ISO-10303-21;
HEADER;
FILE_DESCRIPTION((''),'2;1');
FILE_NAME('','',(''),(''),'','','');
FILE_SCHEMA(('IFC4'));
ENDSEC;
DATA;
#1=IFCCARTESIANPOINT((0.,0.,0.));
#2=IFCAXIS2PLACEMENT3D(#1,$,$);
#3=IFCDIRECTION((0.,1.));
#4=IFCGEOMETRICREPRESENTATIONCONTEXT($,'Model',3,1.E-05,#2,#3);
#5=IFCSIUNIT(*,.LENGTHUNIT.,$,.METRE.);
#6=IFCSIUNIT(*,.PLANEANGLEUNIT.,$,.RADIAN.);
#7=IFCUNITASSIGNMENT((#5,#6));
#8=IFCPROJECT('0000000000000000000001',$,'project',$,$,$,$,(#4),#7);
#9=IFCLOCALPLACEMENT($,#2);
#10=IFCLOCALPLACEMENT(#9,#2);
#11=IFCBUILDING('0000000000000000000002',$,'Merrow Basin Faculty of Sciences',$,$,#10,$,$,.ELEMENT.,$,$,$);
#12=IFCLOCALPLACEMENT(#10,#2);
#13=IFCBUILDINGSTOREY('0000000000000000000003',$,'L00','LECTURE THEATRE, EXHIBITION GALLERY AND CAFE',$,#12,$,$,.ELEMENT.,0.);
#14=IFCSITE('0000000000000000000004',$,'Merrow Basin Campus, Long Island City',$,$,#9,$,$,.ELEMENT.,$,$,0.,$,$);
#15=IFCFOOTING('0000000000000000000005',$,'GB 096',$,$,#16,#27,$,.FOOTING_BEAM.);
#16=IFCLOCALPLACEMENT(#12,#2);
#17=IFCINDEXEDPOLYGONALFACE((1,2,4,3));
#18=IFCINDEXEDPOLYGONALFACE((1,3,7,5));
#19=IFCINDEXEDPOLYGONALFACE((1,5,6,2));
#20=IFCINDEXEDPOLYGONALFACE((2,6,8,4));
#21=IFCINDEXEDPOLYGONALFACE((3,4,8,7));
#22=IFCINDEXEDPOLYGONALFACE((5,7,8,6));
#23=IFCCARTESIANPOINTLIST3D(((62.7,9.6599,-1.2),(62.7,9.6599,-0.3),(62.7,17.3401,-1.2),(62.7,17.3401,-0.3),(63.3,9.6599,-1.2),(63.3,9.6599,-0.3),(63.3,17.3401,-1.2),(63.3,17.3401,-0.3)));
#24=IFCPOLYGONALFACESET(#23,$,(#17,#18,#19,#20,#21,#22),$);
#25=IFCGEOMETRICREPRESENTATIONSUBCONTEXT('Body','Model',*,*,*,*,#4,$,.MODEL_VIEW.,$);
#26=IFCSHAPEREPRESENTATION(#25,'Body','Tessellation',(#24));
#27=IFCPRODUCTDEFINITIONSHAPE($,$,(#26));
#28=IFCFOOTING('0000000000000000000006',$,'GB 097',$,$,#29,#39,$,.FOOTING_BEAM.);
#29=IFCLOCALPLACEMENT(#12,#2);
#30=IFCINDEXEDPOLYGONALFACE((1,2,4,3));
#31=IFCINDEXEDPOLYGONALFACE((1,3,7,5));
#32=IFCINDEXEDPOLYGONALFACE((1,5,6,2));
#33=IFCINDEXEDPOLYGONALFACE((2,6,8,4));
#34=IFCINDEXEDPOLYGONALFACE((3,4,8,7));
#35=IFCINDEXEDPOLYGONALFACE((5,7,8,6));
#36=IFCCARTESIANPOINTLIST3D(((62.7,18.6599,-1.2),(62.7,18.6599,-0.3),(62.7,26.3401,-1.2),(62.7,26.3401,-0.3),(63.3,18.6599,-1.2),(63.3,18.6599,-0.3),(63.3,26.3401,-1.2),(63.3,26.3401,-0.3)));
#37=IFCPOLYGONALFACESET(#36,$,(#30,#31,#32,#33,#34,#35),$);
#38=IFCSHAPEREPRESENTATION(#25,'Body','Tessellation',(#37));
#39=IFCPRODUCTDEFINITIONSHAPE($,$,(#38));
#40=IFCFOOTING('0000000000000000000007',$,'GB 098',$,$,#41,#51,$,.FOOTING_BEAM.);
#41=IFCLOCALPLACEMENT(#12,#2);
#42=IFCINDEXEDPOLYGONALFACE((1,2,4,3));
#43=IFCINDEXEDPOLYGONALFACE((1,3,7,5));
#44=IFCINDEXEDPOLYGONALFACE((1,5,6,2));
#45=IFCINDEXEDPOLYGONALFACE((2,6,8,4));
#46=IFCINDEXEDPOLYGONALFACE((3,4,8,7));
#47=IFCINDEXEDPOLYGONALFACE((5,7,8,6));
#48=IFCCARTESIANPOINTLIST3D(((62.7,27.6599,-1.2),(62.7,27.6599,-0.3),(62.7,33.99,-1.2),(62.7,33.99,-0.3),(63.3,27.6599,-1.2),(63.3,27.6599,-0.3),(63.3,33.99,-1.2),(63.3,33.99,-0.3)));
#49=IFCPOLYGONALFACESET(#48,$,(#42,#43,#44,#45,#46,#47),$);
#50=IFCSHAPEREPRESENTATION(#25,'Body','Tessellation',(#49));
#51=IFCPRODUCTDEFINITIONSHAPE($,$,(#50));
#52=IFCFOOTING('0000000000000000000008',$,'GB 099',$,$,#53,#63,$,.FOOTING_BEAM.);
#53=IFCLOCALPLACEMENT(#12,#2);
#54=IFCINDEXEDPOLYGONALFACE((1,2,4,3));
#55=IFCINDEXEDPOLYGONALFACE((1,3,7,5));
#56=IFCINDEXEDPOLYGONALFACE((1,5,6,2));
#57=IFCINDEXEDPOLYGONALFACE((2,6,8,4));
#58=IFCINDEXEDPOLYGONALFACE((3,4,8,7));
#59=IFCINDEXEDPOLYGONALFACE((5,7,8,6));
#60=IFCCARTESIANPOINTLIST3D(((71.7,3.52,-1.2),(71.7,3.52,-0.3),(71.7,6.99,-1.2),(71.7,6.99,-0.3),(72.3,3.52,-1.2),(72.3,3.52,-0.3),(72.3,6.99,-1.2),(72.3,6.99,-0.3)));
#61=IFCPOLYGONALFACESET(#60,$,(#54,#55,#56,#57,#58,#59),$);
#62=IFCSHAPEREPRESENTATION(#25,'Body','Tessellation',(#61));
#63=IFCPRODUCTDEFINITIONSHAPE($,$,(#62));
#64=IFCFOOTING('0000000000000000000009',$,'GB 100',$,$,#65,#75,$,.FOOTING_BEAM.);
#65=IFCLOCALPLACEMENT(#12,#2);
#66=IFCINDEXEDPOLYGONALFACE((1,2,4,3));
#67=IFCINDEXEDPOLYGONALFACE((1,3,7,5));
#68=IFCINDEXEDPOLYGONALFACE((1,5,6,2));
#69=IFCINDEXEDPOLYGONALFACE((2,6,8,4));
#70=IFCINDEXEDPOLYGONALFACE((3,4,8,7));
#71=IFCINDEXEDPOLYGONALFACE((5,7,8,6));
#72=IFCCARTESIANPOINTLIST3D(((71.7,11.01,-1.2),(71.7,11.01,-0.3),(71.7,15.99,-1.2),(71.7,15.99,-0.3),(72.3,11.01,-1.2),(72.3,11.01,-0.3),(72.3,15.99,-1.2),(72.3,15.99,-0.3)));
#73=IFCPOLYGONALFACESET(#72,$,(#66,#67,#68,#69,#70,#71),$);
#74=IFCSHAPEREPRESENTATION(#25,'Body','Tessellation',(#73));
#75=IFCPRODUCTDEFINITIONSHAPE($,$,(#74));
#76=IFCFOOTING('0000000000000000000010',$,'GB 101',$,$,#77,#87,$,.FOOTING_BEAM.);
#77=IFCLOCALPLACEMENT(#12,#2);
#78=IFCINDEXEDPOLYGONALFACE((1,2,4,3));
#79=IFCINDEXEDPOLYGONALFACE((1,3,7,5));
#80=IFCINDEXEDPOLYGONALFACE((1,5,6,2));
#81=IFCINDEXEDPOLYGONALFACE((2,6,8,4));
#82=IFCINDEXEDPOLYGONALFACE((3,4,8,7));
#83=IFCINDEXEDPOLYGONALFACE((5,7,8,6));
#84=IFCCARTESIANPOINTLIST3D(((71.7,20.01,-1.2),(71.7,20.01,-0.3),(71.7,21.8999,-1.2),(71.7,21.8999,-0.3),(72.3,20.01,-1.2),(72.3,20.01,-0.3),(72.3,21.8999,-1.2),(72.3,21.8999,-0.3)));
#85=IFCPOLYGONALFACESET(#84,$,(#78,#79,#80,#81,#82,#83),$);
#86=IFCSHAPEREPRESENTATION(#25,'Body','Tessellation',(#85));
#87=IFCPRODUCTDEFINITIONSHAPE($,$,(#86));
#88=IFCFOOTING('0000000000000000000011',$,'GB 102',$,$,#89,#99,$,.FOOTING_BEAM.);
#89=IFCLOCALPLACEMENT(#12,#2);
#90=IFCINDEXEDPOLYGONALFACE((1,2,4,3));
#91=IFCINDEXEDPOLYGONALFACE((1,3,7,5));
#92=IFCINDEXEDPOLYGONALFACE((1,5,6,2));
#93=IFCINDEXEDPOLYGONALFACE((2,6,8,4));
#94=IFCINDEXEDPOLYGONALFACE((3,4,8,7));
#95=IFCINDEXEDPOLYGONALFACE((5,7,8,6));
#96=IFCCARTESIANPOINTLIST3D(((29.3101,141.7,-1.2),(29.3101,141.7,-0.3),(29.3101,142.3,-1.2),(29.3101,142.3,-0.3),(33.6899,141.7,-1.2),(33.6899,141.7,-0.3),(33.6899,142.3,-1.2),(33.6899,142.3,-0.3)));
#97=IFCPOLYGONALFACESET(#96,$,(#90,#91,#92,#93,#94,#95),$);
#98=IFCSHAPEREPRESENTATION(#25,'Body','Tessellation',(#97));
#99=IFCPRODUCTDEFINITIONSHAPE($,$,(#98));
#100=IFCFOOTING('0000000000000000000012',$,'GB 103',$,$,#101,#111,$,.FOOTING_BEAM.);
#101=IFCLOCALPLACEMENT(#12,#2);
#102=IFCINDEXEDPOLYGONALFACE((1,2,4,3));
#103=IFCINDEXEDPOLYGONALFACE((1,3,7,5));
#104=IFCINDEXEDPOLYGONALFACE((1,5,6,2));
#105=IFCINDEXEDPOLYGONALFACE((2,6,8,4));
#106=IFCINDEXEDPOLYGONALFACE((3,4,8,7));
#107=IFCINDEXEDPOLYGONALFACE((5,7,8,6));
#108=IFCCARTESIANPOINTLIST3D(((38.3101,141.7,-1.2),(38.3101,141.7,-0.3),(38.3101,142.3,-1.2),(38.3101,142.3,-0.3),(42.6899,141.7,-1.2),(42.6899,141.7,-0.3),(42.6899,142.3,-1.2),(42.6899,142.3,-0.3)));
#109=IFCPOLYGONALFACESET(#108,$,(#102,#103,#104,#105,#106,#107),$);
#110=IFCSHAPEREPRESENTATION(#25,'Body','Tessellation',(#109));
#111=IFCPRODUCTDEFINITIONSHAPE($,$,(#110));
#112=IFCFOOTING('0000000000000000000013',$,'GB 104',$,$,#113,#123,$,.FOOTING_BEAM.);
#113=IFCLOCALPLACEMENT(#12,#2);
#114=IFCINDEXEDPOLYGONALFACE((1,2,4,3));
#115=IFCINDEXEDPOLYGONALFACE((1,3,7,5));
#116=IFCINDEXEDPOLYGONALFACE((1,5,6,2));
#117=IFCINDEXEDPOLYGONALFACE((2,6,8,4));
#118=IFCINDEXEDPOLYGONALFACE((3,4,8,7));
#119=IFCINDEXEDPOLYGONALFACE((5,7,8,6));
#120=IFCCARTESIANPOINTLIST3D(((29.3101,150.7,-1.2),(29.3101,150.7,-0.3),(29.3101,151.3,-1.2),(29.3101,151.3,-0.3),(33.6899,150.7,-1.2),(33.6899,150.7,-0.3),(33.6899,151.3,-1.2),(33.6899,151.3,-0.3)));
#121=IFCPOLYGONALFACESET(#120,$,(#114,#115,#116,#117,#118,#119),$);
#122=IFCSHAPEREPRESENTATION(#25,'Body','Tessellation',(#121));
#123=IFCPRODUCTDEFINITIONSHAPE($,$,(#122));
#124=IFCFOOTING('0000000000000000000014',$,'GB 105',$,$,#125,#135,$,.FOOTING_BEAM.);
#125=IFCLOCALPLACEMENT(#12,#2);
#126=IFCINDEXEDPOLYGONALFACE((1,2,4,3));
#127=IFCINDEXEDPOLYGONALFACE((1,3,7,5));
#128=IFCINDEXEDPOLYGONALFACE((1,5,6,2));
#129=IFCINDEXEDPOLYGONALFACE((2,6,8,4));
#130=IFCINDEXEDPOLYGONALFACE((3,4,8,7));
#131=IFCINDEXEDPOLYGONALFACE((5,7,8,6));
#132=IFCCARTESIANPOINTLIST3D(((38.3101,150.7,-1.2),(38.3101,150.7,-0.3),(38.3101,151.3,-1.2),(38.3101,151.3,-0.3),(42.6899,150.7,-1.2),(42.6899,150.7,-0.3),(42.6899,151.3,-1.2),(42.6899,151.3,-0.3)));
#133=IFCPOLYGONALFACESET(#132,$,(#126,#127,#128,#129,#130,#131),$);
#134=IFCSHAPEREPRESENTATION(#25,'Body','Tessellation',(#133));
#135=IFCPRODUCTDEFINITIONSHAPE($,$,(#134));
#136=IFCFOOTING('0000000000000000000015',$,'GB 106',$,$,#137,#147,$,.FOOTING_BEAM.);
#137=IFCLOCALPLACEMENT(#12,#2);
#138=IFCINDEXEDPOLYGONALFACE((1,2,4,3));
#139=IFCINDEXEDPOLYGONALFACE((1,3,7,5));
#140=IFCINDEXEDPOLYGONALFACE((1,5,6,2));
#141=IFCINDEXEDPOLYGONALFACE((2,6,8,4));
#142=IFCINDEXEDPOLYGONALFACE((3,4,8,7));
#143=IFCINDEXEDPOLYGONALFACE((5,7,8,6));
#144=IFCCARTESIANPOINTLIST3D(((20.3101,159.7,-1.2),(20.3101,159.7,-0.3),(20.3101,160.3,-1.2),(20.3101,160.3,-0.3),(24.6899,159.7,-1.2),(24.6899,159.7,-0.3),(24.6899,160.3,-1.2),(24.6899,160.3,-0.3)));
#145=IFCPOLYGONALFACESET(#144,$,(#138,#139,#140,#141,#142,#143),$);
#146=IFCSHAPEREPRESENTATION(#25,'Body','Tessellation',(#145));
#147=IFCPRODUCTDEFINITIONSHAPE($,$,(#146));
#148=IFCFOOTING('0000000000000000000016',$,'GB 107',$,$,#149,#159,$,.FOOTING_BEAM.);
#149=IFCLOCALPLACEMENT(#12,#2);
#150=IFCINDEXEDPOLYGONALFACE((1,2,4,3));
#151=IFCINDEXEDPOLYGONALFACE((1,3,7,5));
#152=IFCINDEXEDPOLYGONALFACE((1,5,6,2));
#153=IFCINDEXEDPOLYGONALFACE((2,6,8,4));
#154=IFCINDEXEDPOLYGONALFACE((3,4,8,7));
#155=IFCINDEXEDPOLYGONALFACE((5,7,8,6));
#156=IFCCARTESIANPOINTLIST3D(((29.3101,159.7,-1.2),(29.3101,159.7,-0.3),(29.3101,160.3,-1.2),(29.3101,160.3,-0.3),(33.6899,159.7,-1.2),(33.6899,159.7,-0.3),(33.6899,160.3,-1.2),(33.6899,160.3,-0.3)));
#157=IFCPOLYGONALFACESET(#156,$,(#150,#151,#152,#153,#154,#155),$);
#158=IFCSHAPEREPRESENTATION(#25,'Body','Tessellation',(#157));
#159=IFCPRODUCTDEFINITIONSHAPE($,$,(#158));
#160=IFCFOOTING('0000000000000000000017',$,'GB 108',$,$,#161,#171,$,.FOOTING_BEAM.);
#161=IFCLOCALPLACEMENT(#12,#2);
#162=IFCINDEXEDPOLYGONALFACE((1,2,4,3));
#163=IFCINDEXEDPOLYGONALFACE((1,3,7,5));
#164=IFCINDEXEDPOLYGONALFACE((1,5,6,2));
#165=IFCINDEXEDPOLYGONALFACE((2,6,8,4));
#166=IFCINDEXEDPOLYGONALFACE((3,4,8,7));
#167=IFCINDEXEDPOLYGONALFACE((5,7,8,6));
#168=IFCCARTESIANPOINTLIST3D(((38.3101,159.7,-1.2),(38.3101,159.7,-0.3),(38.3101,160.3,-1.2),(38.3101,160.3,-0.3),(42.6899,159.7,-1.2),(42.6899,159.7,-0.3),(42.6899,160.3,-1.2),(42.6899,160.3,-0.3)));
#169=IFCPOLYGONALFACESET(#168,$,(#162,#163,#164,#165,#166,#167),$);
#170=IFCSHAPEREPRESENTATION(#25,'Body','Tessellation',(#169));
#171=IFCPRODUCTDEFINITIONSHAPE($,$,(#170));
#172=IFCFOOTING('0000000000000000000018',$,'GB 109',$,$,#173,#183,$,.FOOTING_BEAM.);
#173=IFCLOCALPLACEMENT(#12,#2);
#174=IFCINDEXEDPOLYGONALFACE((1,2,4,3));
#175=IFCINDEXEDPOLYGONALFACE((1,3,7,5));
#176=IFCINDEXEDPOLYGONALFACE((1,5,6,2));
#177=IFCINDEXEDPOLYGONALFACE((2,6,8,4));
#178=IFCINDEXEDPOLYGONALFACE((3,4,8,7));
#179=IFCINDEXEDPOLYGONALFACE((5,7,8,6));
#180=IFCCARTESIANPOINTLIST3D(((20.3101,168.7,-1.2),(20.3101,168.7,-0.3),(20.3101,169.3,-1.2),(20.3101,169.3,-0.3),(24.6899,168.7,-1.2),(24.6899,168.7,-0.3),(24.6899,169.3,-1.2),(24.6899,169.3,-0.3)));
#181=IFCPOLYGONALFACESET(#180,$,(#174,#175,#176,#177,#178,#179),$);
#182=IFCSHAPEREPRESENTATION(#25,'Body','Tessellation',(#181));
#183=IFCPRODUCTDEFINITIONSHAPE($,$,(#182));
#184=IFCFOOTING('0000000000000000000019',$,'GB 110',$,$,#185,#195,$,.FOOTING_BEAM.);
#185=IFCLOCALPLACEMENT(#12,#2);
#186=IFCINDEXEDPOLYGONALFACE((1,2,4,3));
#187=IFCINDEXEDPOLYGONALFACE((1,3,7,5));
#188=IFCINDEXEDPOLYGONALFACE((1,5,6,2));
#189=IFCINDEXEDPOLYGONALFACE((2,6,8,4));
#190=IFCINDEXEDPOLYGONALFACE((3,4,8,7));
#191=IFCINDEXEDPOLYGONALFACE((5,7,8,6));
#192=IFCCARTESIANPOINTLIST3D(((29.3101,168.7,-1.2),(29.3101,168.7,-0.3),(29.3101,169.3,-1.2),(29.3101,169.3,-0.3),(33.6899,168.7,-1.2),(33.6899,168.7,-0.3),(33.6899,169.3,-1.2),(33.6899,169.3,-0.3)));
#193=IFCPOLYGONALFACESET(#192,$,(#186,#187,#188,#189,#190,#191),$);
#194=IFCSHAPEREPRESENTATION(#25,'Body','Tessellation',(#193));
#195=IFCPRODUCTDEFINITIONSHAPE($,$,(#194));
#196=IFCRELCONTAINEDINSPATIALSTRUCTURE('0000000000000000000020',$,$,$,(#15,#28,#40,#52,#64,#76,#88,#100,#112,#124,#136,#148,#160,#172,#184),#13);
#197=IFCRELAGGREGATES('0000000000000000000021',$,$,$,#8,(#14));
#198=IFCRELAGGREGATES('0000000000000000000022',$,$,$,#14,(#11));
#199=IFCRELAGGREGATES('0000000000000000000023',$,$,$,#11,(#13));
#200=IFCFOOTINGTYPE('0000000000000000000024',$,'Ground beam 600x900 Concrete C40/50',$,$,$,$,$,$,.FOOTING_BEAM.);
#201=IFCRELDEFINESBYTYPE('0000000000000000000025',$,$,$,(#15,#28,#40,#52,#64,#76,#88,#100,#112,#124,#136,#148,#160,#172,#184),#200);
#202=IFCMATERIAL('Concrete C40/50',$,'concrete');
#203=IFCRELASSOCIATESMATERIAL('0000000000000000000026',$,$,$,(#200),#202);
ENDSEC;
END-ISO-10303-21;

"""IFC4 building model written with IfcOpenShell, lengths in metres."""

from ifc_helpers import new_model, si_unit, direction, frame, origin, place, context, subcontext, project, spatial, polyline, outline, extrude, material, type_object, element, save


model = new_model("IFC4")

# Units and contexts
model_context = context("Model", 3, precision=1e-05, world=origin(), true_north=direction((0.0, 1.0)))
body_context = subcontext(model_context, "Body", "Model", "MODEL_VIEW")
ifc_project = project(units=[si_unit("LENGTHUNIT", "METRE"), si_unit("PLANEANGLEUNIT", "RADIAN")], contexts=[model_context])

# Site, building, storey
site_placement = place(None, origin())
site = spatial("IfcSite", under=ifc_project, at=site_placement, Name="Merrow Basin Campus, Long Island City", CompositionType="ELEMENT", RefElevation=0.0)
building_placement = place(site_placement, origin())
building = spatial("IfcBuilding", under=site, at=building_placement, Name="Merrow Basin Faculty of Sciences", CompositionType="ELEMENT")
storey_placement = place(building_placement, origin())
storey = spatial("IfcBuildingStorey", under=building, at=storey_placement, Name="L00", Description="LECTURE THEATRE, EXHIBITION GALLERY AND CAFE", CompositionType="ELEMENT", Elevation=0.0)

# Footings
ifc_material = material(Name="Concrete C40/50", Category="concrete")
footing_type = type_object("IfcFootingType", Name="Ground beam 600x900 Concrete C40/50", PredefinedType="FOOTING_BEAM", material=ifc_material)
footing_1_placement = place(storey_placement, frame((0.0, 0.0, -1.2)))
element("IfcFooting", 1, at=footing_1_placement, inside=storey, type_object=footing_type, Name="GB 096", PredefinedType="FOOTING_BEAM", context=body_context, shape_type="SweptSolid", body=[
    extrude(outline(polyline([(62.7, 9.6599), (63.3, 9.6599), (63.3, 17.3401), (62.7, 17.3401), (62.7, 9.6599)])), origin(), (0.0, 0.0, 1.0), 0.8999),
])
footing_2_placement = place(storey_placement, frame((0.0, 0.0, -1.2)))
element("IfcFooting", 2, at=footing_2_placement, inside=storey, type_object=footing_type, Name="GB 097", PredefinedType="FOOTING_BEAM", context=body_context, shape_type="SweptSolid", body=[
    extrude(outline(polyline([(62.7, 18.6599), (63.3, 18.6599), (63.3, 26.3401), (62.7, 26.3401), (62.7, 18.6599)])), origin(), (0.0, 0.0, 1.0), 0.8999),
])
footing_3_placement = place(storey_placement, frame((0.0, 0.0, -1.2)))
element("IfcFooting", 3, at=footing_3_placement, inside=storey, type_object=footing_type, Name="GB 098", PredefinedType="FOOTING_BEAM", context=body_context, shape_type="SweptSolid", body=[
    extrude(outline(polyline([(62.7, 27.6599), (63.3, 27.6599), (63.3, 33.99), (62.7, 33.99), (62.7, 27.6599)])), origin(), (0.0, 0.0, 1.0), 0.8999),
])
footing_4_placement = place(storey_placement, frame((0.0, 0.0, -1.2)))
element("IfcFooting", 4, at=footing_4_placement, inside=storey, type_object=footing_type, Name="GB 099", PredefinedType="FOOTING_BEAM", context=body_context, shape_type="SweptSolid", body=[
    extrude(outline(polyline([(71.7, 3.52), (72.3, 3.52), (72.3, 6.99), (71.7, 6.99), (71.7, 3.52)])), origin(), (0.0, 0.0, 1.0), 0.8999),
])
footing_5_placement = place(storey_placement, frame((0.0, 0.0, -1.2)))
element("IfcFooting", 5, at=footing_5_placement, inside=storey, type_object=footing_type, Name="GB 100", PredefinedType="FOOTING_BEAM", context=body_context, shape_type="SweptSolid", body=[
    extrude(outline(polyline([(71.7, 11.01), (72.3, 11.01), (72.3, 15.99), (71.7, 15.99), (71.7, 11.01)])), origin(), (0.0, 0.0, 1.0), 0.8999),
])
footing_6_placement = place(storey_placement, frame((0.0, 0.0, -1.2)))
element("IfcFooting", 6, at=footing_6_placement, inside=storey, type_object=footing_type, Name="GB 101", PredefinedType="FOOTING_BEAM", context=body_context, shape_type="SweptSolid", body=[
    extrude(outline(polyline([(71.7, 20.01), (72.3, 20.01), (72.3, 21.8999), (71.7, 21.8999), (71.7, 20.01)])), origin(), (0.0, 0.0, 1.0), 0.8999),
])
footing_7_placement = place(storey_placement, frame((0.0, 0.0, -1.2)))
element("IfcFooting", 7, at=footing_7_placement, inside=storey, type_object=footing_type, Name="GB 102", PredefinedType="FOOTING_BEAM", context=body_context, shape_type="SweptSolid", body=[
    extrude(outline(polyline([(29.3101, 141.7), (33.6899, 141.7), (33.6899, 142.3), (29.3101, 142.3), (29.3101, 141.7)])), origin(), (0.0, 0.0, 1.0), 0.8999),
])
footing_8_placement = place(storey_placement, frame((0.0, 0.0, -1.2)))
element("IfcFooting", 8, at=footing_8_placement, inside=storey, type_object=footing_type, Name="GB 103", PredefinedType="FOOTING_BEAM", context=body_context, shape_type="SweptSolid", body=[
    extrude(outline(polyline([(38.3101, 141.7), (42.6899, 141.7), (42.6899, 142.3), (38.3101, 142.3), (38.3101, 141.7)])), origin(), (0.0, 0.0, 1.0), 0.8999),
])
footing_9_placement = place(storey_placement, frame((0.0, 0.0, -1.2)))
element("IfcFooting", 9, at=footing_9_placement, inside=storey, type_object=footing_type, Name="GB 104", PredefinedType="FOOTING_BEAM", context=body_context, shape_type="SweptSolid", body=[
    extrude(outline(polyline([(29.3101, 150.7), (33.6899, 150.7), (33.6899, 151.3), (29.3101, 151.3), (29.3101, 150.7)])), origin(), (0.0, 0.0, 1.0), 0.8999),
])
footing_10_placement = place(storey_placement, frame((0.0, 0.0, -1.2)))
element("IfcFooting", 10, at=footing_10_placement, inside=storey, type_object=footing_type, Name="GB 105", PredefinedType="FOOTING_BEAM", context=body_context, shape_type="SweptSolid", body=[
    extrude(outline(polyline([(38.3101, 150.7), (42.6899, 150.7), (42.6899, 151.3), (38.3101, 151.3), (38.3101, 150.7)])), origin(), (0.0, 0.0, 1.0), 0.8999),
])
footing_11_placement = place(storey_placement, frame((0.0, 0.0, -1.2)))
element("IfcFooting", 11, at=footing_11_placement, inside=storey, type_object=footing_type, Name="GB 106", PredefinedType="FOOTING_BEAM", context=body_context, shape_type="SweptSolid", body=[
    extrude(outline(polyline([(20.3101, 159.7), (24.6899, 159.7), (24.6899, 160.3), (20.3101, 160.3), (20.3101, 159.7)])), origin(), (0.0, 0.0, 1.0), 0.8999),
])
footing_12_placement = place(storey_placement, frame((0.0, 0.0, -1.2)))
element("IfcFooting", 12, at=footing_12_placement, inside=storey, type_object=footing_type, Name="GB 107", PredefinedType="FOOTING_BEAM", context=body_context, shape_type="SweptSolid", body=[
    extrude(outline(polyline([(29.3101, 159.7), (33.6899, 159.7), (33.6899, 160.3), (29.3101, 160.3), (29.3101, 159.7)])), origin(), (0.0, 0.0, 1.0), 0.8999),
])
footing_13_placement = place(storey_placement, frame((0.0, 0.0, -1.2)))
element("IfcFooting", 13, at=footing_13_placement, inside=storey, type_object=footing_type, Name="GB 108", PredefinedType="FOOTING_BEAM", context=body_context, shape_type="SweptSolid", body=[
    extrude(outline(polyline([(38.3101, 159.7), (42.6899, 159.7), (42.6899, 160.3), (38.3101, 160.3), (38.3101, 159.7)])), origin(), (0.0, 0.0, 1.0), 0.8999),
])
footing_14_placement = place(storey_placement, frame((0.0, 0.0, -1.2)))
element("IfcFooting", 14, at=footing_14_placement, inside=storey, type_object=footing_type, Name="GB 109", PredefinedType="FOOTING_BEAM", context=body_context, shape_type="SweptSolid", body=[
    extrude(outline(polyline([(20.3101, 168.7), (24.6899, 168.7), (24.6899, 169.3), (20.3101, 169.3), (20.3101, 168.7)])), origin(), (0.0, 0.0, 1.0), 0.8999),
])
footing_15_placement = place(storey_placement, frame((0.0, 0.0, -1.2)))
element("IfcFooting", 15, at=footing_15_placement, inside=storey, type_object=footing_type, Name="GB 110", PredefinedType="FOOTING_BEAM", context=body_context, shape_type="SweptSolid", body=[
    extrude(outline(polyline([(29.3101, 168.7), (33.6899, 168.7), (33.6899, 169.3), (29.3101, 169.3), (29.3101, 168.7)])), origin(), (0.0, 0.0, 1.0), 0.8999),
])

save(model, "model.ifc")
